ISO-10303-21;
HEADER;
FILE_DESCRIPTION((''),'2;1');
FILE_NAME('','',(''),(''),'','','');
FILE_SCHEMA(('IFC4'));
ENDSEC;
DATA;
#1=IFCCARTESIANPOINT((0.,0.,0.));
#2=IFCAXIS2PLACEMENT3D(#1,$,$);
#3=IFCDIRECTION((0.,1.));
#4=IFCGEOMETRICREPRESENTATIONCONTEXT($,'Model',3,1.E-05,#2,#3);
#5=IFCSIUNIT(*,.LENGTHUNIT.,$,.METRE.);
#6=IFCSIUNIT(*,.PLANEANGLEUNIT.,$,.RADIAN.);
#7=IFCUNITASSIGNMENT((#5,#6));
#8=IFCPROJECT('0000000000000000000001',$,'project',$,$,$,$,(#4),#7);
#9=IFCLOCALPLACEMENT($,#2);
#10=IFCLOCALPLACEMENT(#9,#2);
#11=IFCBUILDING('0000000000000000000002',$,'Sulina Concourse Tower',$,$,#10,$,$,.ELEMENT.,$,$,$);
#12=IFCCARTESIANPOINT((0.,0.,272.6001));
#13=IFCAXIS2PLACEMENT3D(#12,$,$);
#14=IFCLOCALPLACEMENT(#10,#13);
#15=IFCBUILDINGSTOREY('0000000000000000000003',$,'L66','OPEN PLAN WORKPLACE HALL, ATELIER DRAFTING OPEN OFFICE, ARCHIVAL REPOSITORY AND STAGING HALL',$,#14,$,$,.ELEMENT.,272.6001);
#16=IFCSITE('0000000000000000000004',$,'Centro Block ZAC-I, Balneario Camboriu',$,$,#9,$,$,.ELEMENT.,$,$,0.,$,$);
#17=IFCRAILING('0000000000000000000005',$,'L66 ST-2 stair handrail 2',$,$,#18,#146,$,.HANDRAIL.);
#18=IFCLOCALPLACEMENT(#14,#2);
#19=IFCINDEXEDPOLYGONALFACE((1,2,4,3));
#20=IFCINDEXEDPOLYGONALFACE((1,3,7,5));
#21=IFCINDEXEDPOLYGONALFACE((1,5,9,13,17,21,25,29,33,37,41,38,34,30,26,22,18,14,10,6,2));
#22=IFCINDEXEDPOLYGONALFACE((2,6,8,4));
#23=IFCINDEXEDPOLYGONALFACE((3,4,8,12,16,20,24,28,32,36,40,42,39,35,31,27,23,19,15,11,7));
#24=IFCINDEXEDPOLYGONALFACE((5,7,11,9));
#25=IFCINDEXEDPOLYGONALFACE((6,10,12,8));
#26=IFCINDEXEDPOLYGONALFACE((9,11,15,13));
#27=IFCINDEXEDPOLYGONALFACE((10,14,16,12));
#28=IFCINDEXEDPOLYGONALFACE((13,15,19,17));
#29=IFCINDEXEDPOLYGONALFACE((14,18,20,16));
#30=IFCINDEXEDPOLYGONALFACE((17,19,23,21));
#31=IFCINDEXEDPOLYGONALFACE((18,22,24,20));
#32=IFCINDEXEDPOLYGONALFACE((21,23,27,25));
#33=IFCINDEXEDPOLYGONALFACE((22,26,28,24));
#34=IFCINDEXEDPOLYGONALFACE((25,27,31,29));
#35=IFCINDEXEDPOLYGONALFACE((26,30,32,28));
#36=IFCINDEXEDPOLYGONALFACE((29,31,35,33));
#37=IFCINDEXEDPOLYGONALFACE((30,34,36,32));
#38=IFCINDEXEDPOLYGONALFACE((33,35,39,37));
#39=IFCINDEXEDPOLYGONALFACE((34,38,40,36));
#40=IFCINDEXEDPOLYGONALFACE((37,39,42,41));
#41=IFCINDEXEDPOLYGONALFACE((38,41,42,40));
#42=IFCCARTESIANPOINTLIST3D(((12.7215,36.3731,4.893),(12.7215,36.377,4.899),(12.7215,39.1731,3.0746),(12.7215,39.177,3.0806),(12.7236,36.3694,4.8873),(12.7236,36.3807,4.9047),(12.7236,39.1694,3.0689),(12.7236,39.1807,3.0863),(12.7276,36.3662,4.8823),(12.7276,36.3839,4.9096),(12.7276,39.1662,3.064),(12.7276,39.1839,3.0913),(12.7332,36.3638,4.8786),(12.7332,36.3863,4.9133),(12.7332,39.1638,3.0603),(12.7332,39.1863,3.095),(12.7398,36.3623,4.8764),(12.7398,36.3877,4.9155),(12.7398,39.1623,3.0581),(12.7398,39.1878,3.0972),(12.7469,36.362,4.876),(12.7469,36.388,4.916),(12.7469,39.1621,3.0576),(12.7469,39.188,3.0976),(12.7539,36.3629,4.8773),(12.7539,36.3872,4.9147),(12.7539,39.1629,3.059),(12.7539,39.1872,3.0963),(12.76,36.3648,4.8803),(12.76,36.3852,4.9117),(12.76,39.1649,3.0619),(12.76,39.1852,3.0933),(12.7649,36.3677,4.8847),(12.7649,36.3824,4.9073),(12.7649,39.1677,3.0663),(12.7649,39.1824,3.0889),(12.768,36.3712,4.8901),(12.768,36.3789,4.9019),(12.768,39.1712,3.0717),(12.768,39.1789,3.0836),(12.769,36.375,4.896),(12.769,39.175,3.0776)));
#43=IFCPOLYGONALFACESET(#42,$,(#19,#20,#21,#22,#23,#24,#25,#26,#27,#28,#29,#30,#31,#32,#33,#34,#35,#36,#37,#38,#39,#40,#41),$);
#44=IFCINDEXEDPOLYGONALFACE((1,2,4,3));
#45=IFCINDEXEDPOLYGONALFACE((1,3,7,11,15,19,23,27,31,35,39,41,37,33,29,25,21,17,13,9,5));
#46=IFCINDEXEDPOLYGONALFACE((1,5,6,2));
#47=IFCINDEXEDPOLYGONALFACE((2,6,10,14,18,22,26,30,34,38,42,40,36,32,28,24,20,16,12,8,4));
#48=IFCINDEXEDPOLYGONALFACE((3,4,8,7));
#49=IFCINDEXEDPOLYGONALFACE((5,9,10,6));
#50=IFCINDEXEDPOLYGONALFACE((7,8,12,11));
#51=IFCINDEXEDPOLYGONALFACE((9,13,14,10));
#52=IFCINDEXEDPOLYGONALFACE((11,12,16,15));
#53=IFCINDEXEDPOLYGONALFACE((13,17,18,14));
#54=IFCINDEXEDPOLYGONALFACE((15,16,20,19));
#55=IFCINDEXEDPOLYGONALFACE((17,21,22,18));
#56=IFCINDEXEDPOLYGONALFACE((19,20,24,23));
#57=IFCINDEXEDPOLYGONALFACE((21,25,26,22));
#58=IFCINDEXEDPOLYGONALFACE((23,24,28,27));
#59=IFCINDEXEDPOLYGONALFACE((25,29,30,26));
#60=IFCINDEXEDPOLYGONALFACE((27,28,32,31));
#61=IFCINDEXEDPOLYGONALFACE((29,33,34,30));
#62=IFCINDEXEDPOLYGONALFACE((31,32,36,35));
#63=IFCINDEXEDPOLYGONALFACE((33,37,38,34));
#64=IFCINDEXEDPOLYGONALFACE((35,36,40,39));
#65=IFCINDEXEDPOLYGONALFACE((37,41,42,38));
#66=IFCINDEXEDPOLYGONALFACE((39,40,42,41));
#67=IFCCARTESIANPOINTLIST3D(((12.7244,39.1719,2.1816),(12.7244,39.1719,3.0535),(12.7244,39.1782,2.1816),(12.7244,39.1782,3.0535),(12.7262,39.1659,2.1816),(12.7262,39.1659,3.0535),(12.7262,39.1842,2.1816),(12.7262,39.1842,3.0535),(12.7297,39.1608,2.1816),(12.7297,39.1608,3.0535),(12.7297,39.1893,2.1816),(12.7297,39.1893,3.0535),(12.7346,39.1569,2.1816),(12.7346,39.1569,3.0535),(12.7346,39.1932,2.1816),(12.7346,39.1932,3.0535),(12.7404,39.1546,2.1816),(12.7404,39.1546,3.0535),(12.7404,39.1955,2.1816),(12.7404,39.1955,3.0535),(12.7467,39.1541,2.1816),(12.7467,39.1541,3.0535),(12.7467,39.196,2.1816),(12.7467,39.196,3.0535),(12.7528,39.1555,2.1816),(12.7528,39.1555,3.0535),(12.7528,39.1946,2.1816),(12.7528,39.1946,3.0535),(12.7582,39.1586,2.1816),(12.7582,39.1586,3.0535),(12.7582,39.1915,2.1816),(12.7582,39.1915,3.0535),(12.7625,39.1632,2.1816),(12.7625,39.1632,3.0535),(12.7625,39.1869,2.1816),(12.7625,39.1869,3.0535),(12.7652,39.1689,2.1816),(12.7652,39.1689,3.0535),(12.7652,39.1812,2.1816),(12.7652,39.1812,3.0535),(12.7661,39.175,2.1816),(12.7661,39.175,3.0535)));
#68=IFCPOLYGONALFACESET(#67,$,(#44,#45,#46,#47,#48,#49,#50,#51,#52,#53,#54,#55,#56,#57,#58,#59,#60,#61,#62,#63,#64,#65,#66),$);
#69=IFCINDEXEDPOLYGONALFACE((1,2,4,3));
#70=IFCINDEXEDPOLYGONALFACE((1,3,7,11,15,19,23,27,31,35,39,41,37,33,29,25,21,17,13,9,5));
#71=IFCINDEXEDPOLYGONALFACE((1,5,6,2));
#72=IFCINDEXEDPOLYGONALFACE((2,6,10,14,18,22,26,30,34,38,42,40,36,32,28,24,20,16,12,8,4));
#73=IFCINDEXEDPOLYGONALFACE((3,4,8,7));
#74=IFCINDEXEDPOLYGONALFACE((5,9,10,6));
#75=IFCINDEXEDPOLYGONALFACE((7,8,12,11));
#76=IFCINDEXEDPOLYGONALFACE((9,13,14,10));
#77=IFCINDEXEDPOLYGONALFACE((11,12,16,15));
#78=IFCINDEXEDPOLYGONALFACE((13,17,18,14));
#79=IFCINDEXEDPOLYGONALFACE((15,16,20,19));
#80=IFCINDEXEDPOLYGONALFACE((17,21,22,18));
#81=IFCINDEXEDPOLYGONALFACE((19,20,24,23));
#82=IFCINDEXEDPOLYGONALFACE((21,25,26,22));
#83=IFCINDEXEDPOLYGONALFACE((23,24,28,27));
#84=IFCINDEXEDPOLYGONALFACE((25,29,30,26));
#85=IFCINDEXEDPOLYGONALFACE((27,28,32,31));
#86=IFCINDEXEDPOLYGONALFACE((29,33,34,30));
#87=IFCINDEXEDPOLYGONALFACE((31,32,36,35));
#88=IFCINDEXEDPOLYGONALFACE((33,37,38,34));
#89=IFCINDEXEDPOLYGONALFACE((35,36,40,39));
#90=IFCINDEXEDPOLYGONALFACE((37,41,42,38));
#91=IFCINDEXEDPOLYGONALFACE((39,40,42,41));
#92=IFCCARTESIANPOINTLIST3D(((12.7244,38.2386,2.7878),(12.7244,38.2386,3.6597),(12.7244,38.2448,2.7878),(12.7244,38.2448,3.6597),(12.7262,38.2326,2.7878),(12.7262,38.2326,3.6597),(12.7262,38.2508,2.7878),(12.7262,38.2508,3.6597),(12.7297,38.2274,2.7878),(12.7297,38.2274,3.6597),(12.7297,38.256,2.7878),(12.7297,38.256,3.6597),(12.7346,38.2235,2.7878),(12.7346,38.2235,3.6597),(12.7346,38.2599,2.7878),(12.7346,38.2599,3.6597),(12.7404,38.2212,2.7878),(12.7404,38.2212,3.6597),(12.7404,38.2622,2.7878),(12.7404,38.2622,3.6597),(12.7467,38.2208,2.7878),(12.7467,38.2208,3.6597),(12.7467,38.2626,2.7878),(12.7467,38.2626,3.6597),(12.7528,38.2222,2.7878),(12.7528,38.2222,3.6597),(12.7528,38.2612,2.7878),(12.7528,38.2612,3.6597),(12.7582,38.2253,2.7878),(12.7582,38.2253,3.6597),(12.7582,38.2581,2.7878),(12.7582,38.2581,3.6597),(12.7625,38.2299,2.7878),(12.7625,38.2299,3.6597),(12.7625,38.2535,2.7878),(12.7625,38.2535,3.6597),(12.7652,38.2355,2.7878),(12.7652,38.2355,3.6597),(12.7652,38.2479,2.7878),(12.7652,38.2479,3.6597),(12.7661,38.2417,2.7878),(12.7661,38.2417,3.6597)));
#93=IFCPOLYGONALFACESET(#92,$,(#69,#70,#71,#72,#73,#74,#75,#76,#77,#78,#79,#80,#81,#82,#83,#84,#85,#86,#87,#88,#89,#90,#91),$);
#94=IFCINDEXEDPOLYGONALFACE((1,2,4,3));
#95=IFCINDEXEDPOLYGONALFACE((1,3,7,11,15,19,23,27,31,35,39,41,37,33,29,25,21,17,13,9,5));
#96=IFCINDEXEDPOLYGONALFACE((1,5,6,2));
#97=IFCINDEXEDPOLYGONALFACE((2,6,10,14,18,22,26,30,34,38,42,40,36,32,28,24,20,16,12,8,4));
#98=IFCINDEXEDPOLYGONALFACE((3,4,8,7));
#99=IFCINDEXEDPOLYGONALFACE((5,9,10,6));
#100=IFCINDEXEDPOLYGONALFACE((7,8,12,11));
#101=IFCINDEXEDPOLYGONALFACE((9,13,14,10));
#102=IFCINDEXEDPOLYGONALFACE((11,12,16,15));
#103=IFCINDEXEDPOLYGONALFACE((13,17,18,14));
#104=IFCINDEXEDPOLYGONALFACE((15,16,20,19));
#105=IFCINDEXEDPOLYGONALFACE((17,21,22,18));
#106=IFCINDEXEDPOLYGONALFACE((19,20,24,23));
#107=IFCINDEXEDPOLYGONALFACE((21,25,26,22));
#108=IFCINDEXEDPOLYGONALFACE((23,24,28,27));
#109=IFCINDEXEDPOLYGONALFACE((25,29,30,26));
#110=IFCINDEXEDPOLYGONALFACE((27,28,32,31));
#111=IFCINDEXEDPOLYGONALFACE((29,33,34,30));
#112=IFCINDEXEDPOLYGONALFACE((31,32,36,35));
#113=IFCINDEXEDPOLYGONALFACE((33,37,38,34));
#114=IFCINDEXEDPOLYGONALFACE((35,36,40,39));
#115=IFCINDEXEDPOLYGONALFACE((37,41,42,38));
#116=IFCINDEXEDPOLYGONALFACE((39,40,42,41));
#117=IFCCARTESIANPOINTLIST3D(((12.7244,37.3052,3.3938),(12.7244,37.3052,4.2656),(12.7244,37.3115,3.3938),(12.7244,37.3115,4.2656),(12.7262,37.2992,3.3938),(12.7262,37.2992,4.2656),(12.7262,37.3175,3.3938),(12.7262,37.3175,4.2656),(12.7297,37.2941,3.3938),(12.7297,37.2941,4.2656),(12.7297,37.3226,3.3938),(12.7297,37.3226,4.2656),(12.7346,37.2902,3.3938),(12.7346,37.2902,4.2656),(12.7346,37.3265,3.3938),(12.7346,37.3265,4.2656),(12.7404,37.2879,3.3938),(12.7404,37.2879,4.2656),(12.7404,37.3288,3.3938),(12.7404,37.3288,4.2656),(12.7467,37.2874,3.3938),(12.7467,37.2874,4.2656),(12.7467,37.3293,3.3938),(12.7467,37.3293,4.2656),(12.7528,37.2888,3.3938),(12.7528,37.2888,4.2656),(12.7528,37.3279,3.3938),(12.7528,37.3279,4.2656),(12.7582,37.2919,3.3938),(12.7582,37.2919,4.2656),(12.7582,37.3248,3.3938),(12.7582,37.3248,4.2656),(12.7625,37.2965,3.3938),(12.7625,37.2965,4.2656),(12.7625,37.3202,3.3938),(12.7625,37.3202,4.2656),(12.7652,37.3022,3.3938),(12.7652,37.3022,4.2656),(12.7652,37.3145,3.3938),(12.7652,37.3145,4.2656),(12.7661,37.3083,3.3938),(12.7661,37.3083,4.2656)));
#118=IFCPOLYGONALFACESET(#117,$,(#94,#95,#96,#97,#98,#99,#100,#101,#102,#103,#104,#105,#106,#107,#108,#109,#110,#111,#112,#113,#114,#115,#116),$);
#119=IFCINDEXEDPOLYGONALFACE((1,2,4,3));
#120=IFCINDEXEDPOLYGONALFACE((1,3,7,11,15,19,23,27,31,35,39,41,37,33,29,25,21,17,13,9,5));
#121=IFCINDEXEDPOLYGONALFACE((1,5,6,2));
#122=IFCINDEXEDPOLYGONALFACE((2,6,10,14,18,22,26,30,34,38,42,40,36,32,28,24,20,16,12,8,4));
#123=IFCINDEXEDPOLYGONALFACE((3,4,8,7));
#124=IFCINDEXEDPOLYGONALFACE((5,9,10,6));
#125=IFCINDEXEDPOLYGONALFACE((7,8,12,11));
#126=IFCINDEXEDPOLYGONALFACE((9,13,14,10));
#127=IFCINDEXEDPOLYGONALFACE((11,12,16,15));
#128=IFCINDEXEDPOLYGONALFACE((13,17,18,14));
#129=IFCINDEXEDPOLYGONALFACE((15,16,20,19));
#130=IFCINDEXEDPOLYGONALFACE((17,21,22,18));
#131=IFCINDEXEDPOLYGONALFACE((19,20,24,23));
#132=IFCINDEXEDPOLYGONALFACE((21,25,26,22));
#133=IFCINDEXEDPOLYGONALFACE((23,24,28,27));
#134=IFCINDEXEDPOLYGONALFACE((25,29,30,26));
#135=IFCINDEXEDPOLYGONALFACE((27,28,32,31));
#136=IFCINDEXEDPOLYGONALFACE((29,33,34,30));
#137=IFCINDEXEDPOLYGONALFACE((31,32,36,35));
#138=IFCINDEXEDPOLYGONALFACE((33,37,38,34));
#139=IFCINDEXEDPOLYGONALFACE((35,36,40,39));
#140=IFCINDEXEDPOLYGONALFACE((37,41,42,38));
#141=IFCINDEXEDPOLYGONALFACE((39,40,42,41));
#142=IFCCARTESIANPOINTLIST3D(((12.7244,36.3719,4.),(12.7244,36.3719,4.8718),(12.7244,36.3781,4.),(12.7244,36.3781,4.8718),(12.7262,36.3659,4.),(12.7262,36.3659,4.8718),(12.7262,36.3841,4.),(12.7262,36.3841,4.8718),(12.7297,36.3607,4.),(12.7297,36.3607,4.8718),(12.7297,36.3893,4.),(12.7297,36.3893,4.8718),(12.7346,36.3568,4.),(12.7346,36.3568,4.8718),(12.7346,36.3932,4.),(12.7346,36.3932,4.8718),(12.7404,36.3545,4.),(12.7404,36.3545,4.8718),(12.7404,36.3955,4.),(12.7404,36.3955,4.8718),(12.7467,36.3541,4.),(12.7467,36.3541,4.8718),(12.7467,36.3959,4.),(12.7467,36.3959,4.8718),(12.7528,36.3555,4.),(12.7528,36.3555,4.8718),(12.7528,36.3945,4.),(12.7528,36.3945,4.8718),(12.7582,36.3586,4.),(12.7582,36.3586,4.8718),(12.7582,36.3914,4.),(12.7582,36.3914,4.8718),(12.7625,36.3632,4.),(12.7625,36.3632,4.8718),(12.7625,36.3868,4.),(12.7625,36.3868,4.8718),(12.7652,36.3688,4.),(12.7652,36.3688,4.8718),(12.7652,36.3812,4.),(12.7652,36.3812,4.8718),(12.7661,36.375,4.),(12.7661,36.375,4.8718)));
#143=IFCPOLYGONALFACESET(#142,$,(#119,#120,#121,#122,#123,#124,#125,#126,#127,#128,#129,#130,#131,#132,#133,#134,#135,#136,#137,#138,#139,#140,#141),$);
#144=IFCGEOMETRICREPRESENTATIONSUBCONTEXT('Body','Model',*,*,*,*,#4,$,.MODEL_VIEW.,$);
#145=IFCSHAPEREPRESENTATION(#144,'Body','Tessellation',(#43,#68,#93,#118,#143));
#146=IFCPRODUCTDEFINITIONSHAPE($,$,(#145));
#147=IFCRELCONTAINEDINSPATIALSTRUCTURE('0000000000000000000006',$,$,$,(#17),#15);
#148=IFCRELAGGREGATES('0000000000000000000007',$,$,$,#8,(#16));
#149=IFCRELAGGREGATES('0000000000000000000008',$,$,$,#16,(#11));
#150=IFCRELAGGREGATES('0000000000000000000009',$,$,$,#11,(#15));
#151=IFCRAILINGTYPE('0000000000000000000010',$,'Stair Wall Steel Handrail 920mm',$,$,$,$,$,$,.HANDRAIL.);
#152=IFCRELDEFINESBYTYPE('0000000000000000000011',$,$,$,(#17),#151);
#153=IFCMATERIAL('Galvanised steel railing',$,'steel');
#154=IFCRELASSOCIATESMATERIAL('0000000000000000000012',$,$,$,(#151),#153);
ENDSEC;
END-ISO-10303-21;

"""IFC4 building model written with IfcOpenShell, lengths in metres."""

from ifc_helpers import new_model, si_unit, direction, frame, origin, origin_2d, place, context, subcontext, project, spatial, circle, extrude, material, type_object, element, save


model = new_model("IFC4")

# Units and contexts
model_context = context("Model", 3, precision=1e-05, world=origin(), true_north=direction((0.0, 1.0)))
body_context = subcontext(model_context, "Body", "Model", "MODEL_VIEW")
ifc_project = project(units=[si_unit("LENGTHUNIT", "METRE"), si_unit("PLANEANGLEUNIT", "RADIAN")], contexts=[model_context])

# Site, building, storey
site_placement = place(None, origin())
site = spatial("IfcSite", under=ifc_project, at=site_placement, Name="Centro Block ZAC-I, Balneario Camboriu", CompositionType="ELEMENT", RefElevation=0.0)
building_placement = place(site_placement, origin())
building = spatial("IfcBuilding", under=site, at=building_placement, Name="Sulina Concourse Tower", CompositionType="ELEMENT")
storey_placement = place(building_placement, frame((0.0, 0.0, 272.6001)))
storey = spatial("IfcBuildingStorey", under=building, at=storey_placement, Name="L66", Description="OPEN PLAN WORKPLACE HALL, ATELIER DRAFTING OPEN OFFICE, ARCHIVAL REPOSITORY AND STAGING HALL", CompositionType="ELEMENT", Elevation=272.6001)

# Railing
ifc_material_1 = material(Name="Galvanised steel railing", Category="steel")
railing_type_1 = type_object("IfcRailingType", Name="Stair Wall Steel Handrail 920mm", PredefinedType="HANDRAIL", material=ifc_material_1)
railing_1_placement = place(storey_placement, frame((12.7451, 39.175, 2.1816)))
element("IfcRailing", 1, at=railing_1_placement, inside=storey, type_object=railing_type_1, Name="L66 ST-2 stair handrail 2", PredefinedType="HANDRAIL", context=body_context, shape_type="SweptSolid", body=[
    extrude(circle(Radius=0.0239, at=origin_2d()), frame((0.0, 0.0, 0.896), z_axis=(0.0, -0.838672, 0.544636), x_axis=(1.0, 0.0, 0.0)), (0.0, 0.0, 1.0), 3.3386),
    extrude(circle(Radius=0.021, at=origin_2d()), origin(), (0.0, 0.0, 1.0), 0.8718),
    extrude(circle(Radius=0.021, at=origin_2d()), frame((0.0, -0.9333, 0.6062)), (0.0, 0.0, 1.0), 0.8718),
    extrude(circle(Radius=0.021, at=origin_2d()), frame((0.0, -1.8667, 1.2122)), (0.0, 0.0, 1.0), 0.8718),
    extrude(circle(Radius=0.021, at=origin_2d()), frame((0.0, -2.8, 1.8184)), (0.0, 0.0, 1.0), 0.8718),
])

save(model, "model.ifc")
